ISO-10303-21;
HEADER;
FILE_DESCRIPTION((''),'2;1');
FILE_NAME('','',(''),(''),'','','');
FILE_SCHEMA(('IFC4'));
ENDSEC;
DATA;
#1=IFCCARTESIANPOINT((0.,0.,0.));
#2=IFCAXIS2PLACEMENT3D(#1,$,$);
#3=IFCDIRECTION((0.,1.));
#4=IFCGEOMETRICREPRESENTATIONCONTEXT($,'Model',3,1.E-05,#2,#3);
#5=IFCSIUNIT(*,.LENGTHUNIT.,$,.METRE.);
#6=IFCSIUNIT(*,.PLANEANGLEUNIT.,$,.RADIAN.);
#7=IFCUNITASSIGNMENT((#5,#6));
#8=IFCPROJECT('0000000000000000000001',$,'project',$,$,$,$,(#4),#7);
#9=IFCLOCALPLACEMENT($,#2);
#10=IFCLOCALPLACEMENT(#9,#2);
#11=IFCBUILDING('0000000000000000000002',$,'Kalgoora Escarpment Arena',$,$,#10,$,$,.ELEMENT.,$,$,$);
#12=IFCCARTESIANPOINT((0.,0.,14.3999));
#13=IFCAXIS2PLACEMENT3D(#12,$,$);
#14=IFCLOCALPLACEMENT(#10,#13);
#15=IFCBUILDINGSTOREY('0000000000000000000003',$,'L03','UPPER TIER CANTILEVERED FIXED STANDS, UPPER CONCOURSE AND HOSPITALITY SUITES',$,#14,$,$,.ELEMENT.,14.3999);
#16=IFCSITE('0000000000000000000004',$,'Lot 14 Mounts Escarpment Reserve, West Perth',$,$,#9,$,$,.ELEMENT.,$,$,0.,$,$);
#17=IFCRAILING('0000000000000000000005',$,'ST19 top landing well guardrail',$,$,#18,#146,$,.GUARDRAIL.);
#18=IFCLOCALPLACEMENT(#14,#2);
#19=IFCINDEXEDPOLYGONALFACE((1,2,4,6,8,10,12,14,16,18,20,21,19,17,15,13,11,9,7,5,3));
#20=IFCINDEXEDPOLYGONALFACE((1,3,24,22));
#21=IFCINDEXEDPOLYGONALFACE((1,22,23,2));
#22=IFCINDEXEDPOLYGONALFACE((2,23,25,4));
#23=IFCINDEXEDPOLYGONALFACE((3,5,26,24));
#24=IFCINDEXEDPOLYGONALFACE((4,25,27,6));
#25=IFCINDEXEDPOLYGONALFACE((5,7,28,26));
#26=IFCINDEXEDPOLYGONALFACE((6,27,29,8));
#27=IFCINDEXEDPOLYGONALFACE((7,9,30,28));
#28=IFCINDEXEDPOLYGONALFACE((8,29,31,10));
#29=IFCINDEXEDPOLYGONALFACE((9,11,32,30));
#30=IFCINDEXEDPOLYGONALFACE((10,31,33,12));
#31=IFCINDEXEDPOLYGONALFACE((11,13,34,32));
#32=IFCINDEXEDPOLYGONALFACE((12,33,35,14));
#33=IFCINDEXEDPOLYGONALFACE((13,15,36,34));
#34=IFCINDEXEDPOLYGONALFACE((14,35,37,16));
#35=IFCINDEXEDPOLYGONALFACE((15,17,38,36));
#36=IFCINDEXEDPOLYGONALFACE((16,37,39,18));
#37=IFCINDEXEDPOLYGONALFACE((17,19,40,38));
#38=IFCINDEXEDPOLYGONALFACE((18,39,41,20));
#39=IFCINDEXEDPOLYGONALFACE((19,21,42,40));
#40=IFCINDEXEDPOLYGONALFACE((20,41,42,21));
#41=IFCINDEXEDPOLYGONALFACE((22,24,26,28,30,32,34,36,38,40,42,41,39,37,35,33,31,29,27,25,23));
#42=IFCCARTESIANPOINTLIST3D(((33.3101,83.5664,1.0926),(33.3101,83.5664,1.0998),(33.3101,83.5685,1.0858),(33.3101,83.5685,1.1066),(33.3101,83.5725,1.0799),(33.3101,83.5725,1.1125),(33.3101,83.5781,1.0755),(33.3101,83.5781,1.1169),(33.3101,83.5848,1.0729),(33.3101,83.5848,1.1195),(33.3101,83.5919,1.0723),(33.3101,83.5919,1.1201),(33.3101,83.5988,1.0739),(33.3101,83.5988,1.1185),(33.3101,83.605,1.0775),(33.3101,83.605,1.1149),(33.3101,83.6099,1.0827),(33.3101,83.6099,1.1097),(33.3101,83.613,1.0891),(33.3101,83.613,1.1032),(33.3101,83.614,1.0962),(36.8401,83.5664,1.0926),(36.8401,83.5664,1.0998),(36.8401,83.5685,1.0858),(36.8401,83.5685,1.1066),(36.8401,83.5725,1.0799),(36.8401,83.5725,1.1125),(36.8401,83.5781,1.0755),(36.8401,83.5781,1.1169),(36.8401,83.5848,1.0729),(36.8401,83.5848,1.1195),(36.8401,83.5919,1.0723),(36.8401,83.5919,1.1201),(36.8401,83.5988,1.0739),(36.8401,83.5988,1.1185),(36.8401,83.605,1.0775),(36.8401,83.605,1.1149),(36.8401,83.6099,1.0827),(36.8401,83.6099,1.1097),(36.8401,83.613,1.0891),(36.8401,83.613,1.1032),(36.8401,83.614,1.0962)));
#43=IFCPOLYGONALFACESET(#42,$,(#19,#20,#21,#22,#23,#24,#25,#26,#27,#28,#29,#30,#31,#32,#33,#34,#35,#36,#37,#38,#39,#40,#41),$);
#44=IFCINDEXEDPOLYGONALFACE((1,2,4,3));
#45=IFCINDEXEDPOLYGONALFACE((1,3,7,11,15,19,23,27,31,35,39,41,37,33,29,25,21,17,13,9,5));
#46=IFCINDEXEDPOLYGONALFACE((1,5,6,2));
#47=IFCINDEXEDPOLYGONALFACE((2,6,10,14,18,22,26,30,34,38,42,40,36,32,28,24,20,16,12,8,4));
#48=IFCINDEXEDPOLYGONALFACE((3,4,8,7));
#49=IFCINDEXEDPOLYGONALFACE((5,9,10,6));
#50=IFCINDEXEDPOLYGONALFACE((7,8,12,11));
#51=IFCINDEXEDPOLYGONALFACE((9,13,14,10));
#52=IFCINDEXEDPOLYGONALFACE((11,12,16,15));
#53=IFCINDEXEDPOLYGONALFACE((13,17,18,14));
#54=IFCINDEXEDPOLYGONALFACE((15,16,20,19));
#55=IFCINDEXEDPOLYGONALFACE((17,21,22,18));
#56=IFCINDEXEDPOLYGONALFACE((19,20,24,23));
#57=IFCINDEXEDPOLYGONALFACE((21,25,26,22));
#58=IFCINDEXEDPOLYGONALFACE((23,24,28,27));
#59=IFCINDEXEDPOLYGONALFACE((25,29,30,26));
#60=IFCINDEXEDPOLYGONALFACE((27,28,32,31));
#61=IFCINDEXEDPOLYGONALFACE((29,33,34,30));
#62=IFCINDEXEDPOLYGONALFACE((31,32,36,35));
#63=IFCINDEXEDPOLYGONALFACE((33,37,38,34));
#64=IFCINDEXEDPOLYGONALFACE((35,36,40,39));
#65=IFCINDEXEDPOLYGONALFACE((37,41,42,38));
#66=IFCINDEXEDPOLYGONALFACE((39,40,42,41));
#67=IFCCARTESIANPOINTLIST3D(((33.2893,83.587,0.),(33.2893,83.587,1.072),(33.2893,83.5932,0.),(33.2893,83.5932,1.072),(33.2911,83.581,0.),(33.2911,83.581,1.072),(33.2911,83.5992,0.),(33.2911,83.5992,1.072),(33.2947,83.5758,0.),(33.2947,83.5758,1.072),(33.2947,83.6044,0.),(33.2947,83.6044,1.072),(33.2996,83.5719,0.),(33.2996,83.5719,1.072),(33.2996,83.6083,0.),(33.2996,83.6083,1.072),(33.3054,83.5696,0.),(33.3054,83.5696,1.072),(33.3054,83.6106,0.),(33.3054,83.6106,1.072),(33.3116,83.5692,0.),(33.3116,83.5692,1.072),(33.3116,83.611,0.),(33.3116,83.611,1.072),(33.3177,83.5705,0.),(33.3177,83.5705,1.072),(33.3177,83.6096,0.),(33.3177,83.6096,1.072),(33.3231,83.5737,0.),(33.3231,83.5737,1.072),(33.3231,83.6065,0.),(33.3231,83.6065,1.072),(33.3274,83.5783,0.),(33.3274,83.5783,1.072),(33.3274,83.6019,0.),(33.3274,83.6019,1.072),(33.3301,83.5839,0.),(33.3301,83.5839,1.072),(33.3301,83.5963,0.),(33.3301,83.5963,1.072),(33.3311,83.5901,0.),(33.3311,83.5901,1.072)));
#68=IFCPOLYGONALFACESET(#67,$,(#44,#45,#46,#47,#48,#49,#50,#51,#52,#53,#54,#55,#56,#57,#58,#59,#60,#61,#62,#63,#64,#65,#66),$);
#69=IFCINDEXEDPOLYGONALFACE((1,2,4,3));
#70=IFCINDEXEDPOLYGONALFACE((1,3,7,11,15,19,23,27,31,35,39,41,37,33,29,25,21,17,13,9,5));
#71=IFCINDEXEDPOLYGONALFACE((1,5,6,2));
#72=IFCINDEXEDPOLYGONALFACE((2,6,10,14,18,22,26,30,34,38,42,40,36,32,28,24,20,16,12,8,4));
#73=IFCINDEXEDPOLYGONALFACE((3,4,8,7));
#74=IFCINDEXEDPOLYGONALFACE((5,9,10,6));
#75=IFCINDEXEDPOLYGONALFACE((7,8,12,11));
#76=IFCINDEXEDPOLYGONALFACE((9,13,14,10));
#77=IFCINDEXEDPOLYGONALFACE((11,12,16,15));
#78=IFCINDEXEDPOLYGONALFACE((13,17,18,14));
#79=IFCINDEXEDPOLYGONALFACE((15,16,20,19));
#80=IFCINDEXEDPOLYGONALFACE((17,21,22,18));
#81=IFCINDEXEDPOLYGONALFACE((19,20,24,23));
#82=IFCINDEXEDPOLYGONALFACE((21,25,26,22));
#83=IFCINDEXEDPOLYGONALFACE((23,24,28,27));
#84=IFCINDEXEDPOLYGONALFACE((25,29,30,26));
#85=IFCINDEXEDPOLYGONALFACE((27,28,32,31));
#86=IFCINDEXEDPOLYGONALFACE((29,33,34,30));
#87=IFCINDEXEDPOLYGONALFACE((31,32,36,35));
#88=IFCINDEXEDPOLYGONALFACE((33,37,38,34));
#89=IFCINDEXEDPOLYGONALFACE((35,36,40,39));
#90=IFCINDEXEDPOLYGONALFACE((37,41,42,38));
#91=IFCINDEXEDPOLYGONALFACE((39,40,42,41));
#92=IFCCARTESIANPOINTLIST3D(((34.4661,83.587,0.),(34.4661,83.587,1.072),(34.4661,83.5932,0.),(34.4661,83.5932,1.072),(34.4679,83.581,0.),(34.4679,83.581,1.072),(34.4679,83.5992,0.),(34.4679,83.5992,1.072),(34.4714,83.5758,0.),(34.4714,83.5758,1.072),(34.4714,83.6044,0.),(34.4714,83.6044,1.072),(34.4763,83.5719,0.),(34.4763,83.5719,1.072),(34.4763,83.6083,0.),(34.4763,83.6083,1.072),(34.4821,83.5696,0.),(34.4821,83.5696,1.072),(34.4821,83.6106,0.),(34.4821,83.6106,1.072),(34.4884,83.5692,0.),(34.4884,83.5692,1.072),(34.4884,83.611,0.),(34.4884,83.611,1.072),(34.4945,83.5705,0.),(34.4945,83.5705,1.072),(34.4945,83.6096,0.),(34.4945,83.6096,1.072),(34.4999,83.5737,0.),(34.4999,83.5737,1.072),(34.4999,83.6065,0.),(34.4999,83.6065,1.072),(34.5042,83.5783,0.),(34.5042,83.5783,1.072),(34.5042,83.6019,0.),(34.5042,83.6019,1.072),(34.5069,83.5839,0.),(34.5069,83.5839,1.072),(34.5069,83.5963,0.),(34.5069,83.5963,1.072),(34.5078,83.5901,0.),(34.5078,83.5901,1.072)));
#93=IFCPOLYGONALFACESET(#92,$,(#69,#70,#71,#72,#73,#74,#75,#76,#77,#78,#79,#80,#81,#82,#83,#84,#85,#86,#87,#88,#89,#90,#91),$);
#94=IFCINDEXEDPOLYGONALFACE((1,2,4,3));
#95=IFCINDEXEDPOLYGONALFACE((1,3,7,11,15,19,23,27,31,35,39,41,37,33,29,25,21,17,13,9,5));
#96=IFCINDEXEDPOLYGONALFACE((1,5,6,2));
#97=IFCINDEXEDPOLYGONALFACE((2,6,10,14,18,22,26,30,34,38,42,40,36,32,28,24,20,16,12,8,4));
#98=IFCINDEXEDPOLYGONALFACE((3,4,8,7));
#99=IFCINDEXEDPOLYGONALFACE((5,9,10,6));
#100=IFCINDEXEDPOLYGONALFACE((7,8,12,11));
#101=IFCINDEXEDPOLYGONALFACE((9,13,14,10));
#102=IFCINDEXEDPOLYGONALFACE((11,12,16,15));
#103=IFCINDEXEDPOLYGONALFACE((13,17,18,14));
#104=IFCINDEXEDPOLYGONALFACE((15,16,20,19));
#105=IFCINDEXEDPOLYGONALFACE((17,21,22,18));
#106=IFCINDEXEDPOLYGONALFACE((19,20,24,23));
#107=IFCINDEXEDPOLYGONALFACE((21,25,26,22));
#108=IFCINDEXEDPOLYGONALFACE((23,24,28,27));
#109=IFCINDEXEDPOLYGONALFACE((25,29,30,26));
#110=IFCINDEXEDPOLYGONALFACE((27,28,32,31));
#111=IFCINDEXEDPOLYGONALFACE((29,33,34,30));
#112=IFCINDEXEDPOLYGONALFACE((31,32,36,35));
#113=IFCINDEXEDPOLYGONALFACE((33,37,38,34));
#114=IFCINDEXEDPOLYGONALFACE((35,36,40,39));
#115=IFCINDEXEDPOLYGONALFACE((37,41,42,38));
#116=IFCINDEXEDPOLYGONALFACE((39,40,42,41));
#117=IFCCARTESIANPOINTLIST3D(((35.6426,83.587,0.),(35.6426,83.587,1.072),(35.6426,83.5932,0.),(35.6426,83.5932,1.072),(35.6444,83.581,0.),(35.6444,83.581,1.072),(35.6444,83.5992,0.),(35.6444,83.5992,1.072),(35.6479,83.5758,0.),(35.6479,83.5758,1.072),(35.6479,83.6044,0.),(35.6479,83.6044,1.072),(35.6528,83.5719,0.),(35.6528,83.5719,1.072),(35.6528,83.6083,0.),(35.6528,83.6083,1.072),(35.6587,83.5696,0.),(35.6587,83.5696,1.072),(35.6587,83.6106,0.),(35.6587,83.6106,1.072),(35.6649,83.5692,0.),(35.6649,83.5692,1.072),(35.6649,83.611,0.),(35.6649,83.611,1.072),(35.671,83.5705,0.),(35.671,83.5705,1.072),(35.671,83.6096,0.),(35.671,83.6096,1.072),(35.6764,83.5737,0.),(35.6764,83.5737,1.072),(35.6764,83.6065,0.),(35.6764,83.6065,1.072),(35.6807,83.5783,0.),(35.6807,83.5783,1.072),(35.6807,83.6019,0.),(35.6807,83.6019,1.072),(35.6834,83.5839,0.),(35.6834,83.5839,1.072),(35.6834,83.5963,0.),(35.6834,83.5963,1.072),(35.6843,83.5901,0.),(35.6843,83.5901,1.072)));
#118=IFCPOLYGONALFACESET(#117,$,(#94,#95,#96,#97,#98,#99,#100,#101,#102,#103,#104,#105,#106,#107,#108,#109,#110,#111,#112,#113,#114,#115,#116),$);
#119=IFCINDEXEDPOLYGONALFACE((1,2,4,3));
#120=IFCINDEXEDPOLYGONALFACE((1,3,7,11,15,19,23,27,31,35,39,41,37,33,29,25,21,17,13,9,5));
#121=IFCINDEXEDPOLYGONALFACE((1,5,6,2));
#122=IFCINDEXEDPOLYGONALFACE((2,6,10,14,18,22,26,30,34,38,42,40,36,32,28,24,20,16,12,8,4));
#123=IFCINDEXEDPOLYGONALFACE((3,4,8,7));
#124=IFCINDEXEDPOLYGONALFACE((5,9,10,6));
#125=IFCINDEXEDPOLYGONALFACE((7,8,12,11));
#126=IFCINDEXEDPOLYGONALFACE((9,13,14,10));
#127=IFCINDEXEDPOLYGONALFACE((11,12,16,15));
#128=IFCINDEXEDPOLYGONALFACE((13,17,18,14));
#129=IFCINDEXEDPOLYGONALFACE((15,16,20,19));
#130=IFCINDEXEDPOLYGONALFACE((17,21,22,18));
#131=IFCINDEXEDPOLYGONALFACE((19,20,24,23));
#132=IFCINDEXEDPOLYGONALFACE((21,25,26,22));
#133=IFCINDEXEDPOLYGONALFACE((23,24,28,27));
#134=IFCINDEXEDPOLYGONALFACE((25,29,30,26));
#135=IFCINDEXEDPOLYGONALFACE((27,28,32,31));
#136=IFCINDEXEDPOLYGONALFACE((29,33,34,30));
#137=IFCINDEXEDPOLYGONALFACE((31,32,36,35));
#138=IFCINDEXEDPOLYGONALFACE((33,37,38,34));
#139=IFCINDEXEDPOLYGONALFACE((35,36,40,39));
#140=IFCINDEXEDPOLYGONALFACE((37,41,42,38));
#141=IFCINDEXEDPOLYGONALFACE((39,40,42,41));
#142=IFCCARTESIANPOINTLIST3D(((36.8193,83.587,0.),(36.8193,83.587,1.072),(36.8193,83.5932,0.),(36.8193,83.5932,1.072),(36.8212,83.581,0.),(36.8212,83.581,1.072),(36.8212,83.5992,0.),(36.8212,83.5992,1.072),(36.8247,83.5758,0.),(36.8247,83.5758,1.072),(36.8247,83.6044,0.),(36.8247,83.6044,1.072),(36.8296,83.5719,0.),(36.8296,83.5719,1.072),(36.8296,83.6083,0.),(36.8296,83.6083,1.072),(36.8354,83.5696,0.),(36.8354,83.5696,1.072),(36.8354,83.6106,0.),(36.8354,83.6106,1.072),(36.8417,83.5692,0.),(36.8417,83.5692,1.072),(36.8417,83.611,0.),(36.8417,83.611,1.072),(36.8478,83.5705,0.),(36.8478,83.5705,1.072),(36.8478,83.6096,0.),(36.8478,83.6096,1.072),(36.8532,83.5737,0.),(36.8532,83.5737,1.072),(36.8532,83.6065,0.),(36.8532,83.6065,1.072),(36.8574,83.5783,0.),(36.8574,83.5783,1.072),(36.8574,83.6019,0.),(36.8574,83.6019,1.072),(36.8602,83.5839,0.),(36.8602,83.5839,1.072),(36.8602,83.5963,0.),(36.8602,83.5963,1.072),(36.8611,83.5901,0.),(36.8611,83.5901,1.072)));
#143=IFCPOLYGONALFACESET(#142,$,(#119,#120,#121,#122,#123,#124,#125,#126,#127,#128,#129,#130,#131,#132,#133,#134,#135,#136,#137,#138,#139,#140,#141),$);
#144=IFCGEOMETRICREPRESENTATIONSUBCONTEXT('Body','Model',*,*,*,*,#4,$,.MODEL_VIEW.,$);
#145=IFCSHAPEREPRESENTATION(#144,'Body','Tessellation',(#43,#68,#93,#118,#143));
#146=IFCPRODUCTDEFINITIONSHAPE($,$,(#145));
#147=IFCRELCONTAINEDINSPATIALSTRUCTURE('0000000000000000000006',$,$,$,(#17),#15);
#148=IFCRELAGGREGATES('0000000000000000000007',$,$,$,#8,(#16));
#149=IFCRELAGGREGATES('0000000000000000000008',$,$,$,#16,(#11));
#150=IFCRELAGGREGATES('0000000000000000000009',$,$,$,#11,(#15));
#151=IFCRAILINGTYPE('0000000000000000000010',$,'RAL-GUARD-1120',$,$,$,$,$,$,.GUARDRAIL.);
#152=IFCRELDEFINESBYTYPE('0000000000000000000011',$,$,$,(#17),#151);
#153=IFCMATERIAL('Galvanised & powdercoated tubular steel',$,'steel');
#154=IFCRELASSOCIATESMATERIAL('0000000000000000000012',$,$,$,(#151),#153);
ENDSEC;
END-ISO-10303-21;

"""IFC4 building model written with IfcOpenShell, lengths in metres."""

from ifc_helpers import new_model, si_unit, direction, frame, origin, origin_2d, place, context, subcontext, project, spatial, circle, extrude, material, type_object, element, save


model = new_model("IFC4")

# Units and contexts
model_context = context("Model", 3, precision=1e-05, world=origin(), true_north=direction((0.0, 1.0)))
body_context = subcontext(model_context, "Body", "Model", "MODEL_VIEW")
ifc_project = project(units=[si_unit("LENGTHUNIT", "METRE"), si_unit("PLANEANGLEUNIT", "RADIAN")], contexts=[model_context])

# Site, building, storey
site_placement = place(None, origin())
site = spatial("IfcSite", under=ifc_project, at=site_placement, Name="Lot 14 Mounts Escarpment Reserve, West Perth", CompositionType="ELEMENT", RefElevation=0.0)
building_placement = place(site_placement, origin())
building = spatial("IfcBuilding", under=site, at=building_placement, Name="Kalgoora Escarpment Arena", CompositionType="ELEMENT")
storey_placement = place(building_placement, frame((0.0, 0.0, 14.3999)))
storey = spatial("IfcBuildingStorey", under=building, at=storey_placement, Name="L03", Description="UPPER TIER CANTILEVERED FIXED STANDS, UPPER CONCOURSE AND HOSPITALITY SUITES", CompositionType="ELEMENT", Elevation=14.3999)

# Railing
ifc_material_1 = material(Name="Galvanised & powdercoated tubular steel", Category="steel")
railing_type_1 = type_object("IfcRailingType", Name="RAL-GUARD-1120", PredefinedType="GUARDRAIL", material=ifc_material_1)
railing_1_placement = place(storey_placement, frame((33.3101, 83.5901, 0.0)))
element("IfcRailing", 1, at=railing_1_placement, inside=storey, type_object=railing_type_1, Name="ST19 top landing well guardrail", PredefinedType="GUARDRAIL", context=body_context, shape_type="SweptSolid", body=[
    extrude(circle(Radius=0.0239, at=origin_2d()), frame((0.0, 0.0, 1.0962), z_axis=(1.0, 0.0, 0.0), x_axis=(0.0, 1.0, 0.0)), (0.0, 0.0, 1.0), 3.53),
    extrude(circle(Radius=0.021, at=origin_2d()), origin(), (0.0, 0.0, 1.0), 1.072),
    extrude(circle(Radius=0.021, at=origin_2d()), frame((1.1768, 0.0, 0.0)), (0.0, 0.0, 1.0), 1.072),
    extrude(circle(Radius=0.021, at=origin_2d()), frame((2.3533, 0.0, 0.0)), (0.0, 0.0, 1.0), 1.072),
    extrude(circle(Radius=0.021, at=origin_2d()), frame((3.53, 0.0, 0.0)), (0.0, 0.0, 1.0), 1.072),
])

save(model, "model.ifc")
